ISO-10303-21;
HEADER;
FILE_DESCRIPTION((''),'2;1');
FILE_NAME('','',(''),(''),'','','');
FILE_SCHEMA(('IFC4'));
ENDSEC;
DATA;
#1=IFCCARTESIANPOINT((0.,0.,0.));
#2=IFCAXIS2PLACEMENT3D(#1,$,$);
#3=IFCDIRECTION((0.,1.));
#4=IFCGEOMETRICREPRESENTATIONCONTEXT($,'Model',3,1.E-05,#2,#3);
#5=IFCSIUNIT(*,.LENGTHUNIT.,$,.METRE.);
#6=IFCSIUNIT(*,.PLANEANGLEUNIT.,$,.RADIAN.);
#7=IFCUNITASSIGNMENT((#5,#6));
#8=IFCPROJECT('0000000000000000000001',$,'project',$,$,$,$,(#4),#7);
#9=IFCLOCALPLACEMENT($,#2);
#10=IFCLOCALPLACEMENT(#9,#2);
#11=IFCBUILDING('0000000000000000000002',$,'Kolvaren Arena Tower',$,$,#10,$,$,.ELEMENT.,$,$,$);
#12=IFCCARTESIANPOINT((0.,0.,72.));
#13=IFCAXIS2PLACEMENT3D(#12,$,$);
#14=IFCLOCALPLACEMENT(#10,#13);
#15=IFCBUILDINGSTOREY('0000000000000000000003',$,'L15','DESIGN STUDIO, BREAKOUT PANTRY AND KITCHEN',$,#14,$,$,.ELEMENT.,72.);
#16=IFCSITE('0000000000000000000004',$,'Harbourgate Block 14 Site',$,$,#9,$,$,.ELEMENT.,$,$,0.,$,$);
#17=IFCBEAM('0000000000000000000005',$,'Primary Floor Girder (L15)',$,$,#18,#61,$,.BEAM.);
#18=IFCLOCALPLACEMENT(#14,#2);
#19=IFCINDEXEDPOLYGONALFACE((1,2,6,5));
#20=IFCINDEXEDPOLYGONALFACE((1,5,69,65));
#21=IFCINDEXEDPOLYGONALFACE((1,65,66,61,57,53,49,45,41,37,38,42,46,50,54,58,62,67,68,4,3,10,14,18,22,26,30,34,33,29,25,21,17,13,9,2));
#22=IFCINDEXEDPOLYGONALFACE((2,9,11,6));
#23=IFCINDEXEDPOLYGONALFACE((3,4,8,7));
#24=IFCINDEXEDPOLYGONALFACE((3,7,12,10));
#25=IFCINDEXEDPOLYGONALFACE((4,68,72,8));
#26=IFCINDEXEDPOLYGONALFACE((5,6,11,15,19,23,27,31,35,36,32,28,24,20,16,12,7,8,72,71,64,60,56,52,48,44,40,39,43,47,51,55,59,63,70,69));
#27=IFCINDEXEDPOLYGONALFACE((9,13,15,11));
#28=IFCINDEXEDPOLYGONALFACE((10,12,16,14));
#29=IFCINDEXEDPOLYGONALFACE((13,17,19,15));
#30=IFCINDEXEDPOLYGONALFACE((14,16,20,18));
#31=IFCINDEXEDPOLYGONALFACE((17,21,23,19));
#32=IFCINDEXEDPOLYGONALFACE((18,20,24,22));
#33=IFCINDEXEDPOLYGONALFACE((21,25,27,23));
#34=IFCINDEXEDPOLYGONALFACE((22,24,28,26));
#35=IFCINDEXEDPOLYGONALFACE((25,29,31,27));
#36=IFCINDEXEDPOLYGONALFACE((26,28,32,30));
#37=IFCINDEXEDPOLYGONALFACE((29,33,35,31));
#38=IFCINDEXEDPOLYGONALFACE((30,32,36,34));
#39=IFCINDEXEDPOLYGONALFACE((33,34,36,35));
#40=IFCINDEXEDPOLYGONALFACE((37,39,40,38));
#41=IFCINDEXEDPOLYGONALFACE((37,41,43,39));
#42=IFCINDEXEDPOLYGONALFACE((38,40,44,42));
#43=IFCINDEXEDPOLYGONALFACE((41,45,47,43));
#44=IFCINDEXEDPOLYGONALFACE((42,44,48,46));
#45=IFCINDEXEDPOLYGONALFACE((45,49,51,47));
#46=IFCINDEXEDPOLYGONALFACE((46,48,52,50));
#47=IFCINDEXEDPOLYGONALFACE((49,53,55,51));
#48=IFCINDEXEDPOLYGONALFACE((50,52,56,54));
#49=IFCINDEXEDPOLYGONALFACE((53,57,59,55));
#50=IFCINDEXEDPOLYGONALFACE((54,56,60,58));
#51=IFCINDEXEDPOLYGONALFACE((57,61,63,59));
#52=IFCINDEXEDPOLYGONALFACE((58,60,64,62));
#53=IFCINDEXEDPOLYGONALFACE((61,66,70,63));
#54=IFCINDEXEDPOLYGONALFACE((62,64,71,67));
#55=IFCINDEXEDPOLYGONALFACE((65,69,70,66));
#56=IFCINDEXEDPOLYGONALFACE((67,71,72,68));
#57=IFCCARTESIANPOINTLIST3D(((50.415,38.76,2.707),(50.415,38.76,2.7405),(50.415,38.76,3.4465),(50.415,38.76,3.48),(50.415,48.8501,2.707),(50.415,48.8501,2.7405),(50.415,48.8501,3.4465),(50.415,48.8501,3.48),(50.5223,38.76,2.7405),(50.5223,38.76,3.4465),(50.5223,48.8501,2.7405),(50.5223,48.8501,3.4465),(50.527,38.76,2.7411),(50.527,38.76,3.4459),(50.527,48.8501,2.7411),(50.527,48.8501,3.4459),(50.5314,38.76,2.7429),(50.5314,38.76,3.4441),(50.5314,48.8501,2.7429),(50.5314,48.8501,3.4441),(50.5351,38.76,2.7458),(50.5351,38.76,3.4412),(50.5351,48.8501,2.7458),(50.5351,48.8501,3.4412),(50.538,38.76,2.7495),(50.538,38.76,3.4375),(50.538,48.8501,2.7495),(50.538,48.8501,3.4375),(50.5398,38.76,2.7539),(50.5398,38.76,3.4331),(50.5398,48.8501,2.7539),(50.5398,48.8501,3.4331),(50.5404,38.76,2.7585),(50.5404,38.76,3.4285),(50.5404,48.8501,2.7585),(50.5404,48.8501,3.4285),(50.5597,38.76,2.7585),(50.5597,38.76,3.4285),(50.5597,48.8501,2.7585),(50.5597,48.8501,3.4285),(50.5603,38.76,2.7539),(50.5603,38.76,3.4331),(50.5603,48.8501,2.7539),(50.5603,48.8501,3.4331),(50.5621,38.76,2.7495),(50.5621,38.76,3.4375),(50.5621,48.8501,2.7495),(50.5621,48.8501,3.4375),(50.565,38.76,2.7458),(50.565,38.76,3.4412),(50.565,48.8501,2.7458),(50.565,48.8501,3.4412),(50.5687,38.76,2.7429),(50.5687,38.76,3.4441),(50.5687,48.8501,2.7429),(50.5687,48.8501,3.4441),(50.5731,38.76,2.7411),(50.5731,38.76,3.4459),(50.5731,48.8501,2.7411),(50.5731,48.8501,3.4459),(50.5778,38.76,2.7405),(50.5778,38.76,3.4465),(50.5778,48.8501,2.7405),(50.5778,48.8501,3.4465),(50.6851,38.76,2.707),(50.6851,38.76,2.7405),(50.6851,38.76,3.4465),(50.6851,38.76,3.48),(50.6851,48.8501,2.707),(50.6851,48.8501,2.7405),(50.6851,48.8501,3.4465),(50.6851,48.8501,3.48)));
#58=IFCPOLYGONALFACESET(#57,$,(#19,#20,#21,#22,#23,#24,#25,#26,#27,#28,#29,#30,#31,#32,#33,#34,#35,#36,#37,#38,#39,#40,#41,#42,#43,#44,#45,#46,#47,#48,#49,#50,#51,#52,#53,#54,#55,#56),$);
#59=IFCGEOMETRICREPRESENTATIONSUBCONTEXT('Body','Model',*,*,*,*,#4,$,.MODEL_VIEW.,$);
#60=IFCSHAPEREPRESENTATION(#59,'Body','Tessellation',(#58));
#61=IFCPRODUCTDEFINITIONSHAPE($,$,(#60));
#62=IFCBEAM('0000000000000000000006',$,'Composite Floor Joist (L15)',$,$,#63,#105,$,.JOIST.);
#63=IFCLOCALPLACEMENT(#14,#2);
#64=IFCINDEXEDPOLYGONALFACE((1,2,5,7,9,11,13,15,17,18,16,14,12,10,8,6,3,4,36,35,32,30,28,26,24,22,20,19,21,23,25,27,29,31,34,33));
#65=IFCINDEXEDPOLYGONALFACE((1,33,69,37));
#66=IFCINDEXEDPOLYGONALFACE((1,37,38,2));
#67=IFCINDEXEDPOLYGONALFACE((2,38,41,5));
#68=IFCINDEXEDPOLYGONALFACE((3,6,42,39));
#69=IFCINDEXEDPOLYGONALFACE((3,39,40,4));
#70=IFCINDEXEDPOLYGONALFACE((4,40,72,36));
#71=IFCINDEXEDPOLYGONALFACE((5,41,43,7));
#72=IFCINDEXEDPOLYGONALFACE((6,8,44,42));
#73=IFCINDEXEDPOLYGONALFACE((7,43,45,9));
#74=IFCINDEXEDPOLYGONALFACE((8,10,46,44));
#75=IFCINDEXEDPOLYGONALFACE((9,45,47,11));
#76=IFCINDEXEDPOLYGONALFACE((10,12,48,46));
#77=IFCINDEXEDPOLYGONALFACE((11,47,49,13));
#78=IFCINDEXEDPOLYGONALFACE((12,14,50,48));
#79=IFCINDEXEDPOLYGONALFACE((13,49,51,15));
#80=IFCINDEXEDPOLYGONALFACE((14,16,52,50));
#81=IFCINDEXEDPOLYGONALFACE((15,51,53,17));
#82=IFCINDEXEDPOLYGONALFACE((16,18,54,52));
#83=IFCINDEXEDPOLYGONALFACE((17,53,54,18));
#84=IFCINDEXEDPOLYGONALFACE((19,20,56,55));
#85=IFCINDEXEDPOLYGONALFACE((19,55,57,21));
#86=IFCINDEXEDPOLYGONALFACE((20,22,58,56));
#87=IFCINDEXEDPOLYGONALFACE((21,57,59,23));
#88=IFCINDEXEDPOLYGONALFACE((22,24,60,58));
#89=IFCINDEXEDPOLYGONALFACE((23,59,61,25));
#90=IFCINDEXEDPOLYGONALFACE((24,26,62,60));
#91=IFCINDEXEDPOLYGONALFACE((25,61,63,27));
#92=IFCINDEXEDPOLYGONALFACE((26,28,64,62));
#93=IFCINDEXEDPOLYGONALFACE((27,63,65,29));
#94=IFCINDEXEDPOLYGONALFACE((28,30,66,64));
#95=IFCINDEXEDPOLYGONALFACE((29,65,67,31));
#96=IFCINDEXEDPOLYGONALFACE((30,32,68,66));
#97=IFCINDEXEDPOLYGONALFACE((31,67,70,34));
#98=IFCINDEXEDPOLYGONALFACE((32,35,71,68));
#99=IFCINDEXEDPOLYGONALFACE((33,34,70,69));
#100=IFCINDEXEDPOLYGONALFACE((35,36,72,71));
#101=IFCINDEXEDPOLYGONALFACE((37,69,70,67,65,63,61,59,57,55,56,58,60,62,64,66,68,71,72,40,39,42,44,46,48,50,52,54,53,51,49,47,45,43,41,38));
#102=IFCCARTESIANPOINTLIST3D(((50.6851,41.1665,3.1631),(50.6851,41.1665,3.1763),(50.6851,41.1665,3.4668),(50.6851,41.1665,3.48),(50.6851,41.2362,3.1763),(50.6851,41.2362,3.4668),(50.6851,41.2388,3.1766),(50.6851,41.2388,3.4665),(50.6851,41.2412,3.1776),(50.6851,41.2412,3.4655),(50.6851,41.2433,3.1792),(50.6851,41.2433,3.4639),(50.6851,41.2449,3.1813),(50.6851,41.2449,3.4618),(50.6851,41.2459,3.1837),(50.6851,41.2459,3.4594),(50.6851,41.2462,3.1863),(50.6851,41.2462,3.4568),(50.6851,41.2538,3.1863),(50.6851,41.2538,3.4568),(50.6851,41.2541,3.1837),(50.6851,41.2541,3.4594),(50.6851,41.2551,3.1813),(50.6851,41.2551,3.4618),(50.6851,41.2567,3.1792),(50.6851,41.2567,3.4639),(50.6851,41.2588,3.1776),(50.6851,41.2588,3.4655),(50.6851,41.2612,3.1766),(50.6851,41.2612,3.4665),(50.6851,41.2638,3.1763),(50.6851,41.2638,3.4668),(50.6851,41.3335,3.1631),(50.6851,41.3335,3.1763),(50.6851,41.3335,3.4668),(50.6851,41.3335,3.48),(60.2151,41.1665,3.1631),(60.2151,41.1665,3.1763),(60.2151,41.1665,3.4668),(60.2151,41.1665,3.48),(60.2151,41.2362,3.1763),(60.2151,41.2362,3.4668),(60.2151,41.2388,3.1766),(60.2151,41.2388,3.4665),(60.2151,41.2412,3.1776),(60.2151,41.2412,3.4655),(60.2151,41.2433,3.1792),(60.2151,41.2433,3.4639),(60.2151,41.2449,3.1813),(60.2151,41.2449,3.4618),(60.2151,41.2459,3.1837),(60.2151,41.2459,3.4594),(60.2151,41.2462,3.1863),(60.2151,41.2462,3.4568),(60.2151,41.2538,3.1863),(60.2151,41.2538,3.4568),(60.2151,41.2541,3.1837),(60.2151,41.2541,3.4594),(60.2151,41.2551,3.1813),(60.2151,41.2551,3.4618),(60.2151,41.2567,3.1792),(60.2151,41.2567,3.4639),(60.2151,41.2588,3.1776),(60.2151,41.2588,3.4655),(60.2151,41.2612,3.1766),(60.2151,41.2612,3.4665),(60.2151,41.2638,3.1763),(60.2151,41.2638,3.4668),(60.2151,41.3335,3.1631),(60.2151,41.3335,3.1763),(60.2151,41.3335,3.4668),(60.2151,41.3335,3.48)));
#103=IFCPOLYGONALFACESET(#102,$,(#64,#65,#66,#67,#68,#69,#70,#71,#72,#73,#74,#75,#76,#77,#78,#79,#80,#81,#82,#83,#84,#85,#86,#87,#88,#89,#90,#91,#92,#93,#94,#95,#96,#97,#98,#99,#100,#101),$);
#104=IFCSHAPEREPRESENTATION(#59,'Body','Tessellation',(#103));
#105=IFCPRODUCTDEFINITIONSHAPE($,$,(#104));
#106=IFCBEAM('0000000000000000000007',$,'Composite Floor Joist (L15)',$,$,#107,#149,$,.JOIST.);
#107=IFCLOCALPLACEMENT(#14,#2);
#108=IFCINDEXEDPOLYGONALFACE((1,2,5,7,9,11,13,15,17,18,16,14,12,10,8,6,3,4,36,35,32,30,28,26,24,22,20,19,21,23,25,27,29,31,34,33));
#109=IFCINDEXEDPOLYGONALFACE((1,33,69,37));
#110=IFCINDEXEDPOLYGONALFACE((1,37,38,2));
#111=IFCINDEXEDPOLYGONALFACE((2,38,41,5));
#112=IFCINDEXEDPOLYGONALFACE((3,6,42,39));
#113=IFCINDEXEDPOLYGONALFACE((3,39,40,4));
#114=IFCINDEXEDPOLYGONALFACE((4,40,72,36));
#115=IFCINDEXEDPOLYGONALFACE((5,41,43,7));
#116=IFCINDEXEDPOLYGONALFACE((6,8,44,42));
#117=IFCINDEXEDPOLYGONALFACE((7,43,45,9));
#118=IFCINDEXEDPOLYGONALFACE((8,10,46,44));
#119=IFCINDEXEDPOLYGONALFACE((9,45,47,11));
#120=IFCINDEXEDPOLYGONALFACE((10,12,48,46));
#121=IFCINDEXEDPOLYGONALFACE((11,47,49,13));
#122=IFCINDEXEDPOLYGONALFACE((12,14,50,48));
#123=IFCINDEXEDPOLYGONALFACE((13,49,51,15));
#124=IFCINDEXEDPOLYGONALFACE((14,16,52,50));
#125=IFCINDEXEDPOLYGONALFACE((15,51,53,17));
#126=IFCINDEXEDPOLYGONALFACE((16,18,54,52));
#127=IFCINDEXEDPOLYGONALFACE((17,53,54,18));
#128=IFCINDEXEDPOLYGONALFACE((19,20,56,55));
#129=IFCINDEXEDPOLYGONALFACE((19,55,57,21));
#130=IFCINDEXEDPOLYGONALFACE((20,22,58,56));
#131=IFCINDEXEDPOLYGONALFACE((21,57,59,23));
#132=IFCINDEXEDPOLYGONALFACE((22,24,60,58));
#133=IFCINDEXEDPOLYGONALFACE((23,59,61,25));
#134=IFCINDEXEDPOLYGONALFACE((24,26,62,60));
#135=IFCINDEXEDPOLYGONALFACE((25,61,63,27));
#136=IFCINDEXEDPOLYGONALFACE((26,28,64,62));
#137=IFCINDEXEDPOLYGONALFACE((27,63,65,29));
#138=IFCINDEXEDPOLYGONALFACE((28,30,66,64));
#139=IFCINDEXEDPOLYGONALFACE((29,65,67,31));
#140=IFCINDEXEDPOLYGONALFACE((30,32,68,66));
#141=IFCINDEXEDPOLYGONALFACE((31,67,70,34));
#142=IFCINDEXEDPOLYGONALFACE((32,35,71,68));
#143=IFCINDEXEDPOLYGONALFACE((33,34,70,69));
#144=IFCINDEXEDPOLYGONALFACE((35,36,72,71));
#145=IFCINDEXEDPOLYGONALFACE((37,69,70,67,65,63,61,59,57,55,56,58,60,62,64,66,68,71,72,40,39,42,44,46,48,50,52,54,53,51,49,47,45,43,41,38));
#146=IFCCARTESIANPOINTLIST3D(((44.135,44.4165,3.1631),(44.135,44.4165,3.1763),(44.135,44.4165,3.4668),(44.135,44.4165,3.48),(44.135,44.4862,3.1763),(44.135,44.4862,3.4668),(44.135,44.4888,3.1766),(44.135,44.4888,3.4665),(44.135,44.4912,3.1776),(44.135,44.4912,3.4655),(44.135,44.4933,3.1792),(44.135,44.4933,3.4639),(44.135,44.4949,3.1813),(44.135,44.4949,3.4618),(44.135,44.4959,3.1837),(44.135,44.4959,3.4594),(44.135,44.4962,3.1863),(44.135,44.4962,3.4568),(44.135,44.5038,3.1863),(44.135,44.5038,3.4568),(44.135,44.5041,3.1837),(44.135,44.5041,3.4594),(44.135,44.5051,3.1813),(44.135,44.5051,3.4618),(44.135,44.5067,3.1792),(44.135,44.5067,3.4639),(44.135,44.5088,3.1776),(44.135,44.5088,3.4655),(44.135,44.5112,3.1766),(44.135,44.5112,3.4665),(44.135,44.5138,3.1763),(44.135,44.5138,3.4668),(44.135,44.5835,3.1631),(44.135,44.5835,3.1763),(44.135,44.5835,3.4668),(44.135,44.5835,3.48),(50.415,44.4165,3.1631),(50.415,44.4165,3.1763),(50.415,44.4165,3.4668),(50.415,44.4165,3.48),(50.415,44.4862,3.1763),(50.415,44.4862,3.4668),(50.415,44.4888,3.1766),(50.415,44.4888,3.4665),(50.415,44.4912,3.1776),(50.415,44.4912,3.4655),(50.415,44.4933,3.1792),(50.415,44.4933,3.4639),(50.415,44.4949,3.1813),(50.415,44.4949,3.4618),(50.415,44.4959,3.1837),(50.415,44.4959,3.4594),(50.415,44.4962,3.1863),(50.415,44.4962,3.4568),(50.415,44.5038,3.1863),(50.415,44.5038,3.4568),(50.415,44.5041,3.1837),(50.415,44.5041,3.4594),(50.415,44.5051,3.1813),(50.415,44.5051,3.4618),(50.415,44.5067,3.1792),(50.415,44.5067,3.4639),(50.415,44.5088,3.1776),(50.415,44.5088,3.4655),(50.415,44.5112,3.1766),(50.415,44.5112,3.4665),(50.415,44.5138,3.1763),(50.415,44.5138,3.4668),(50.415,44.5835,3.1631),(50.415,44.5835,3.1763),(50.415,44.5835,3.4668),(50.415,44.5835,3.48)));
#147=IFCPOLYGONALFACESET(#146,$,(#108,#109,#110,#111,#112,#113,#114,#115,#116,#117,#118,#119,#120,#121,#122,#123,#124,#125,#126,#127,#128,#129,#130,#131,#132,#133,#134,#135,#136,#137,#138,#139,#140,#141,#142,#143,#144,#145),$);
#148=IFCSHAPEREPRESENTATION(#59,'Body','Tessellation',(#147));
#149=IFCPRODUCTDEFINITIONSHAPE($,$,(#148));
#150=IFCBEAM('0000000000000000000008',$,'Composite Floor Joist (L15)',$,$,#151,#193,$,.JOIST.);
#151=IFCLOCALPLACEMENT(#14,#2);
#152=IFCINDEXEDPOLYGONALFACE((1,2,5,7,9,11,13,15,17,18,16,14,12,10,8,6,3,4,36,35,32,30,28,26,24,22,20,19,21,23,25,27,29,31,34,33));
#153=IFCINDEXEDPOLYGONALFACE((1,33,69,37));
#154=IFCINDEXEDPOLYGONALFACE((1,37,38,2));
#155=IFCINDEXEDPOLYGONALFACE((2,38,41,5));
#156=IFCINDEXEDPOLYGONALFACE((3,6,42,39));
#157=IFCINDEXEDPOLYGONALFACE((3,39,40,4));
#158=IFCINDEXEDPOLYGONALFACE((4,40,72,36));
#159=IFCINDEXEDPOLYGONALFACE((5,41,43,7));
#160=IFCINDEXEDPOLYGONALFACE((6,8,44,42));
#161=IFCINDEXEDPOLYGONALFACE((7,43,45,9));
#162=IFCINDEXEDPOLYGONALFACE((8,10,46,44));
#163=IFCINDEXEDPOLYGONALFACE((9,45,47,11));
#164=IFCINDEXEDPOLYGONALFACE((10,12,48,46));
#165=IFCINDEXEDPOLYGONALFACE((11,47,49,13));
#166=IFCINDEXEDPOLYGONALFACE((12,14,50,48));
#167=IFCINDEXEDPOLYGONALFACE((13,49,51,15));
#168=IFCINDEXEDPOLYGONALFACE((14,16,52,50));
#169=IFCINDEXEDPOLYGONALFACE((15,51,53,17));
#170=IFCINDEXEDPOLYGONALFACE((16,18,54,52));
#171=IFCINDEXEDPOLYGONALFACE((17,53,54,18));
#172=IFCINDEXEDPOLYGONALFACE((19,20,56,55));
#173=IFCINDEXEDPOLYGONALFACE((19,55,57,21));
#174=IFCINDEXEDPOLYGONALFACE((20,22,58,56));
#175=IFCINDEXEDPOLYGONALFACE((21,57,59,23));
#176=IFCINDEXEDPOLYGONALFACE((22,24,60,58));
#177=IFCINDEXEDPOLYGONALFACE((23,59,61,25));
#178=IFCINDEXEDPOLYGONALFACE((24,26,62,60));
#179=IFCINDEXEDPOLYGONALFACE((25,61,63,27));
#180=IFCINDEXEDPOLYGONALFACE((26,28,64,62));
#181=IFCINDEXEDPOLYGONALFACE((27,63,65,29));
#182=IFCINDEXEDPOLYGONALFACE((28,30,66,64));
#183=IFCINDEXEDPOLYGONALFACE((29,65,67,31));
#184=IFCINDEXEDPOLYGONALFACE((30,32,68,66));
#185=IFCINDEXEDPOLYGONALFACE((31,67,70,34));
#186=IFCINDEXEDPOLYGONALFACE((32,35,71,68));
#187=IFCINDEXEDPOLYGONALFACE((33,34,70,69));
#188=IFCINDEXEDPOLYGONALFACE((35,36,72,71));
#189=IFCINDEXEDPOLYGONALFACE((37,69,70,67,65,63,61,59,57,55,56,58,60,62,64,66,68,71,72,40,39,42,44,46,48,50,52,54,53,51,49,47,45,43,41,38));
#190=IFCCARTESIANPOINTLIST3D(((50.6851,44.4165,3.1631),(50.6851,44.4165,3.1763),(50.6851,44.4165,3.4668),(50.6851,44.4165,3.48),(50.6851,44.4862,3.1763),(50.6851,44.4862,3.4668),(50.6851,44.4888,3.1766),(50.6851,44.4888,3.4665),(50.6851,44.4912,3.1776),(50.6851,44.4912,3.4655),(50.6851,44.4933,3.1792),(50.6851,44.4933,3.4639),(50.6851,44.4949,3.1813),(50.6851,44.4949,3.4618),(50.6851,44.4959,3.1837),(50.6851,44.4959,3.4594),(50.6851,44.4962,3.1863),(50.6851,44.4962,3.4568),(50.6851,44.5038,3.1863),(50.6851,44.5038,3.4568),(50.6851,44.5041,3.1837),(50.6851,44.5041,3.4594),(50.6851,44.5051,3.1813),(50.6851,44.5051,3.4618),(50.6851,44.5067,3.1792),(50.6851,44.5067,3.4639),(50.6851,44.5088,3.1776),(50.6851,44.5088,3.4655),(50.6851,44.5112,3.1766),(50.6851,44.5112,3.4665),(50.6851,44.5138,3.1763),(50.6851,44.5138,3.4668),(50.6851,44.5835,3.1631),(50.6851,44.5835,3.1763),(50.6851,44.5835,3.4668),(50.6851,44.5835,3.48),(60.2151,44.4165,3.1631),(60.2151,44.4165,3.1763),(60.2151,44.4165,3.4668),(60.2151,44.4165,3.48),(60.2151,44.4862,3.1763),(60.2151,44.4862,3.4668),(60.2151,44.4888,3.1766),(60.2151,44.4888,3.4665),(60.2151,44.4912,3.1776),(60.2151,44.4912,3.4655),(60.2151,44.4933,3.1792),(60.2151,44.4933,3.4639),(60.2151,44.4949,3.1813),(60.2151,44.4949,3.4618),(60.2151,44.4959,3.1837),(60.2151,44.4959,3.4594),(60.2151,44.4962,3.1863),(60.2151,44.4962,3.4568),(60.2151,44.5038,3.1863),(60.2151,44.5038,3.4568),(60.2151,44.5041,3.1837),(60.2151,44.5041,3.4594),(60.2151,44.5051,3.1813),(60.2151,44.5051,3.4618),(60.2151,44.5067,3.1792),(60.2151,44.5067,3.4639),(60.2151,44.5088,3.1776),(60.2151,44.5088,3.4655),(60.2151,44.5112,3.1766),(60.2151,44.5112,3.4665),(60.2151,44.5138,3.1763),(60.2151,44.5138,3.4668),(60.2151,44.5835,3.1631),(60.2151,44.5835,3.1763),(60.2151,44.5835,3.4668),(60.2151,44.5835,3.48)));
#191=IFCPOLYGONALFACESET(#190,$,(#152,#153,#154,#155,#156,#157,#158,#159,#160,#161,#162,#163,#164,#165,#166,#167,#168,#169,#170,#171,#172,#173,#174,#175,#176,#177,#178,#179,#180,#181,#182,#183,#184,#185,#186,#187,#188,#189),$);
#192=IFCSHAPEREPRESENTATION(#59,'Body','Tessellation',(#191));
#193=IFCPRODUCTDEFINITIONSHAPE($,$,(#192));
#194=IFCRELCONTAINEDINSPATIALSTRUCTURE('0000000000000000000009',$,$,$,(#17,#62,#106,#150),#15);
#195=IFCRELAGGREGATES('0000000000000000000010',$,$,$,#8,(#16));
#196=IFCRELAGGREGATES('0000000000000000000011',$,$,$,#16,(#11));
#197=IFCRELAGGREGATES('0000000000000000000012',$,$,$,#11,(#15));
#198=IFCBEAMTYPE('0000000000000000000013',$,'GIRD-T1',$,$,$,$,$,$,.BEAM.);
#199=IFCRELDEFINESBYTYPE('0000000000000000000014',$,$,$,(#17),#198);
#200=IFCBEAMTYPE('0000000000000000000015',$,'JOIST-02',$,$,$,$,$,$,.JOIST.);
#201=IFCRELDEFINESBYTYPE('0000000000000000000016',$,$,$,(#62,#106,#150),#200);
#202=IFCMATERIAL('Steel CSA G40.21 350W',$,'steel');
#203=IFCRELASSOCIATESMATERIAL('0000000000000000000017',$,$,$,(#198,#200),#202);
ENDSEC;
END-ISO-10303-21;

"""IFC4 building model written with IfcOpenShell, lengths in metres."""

from ifc_helpers import new_model, si_unit, direction, frame, origin, origin_2d, place, context, subcontext, project, spatial, i_section, extrude, material, material_profile, profile_set, type_object, element, save


model = new_model("IFC4")

# Units and contexts
model_context = context("Model", 3, precision=1e-05, world=origin(), true_north=direction((0.0, 1.0)))
body_context = subcontext(model_context, "Body", "Model", "MODEL_VIEW")
ifc_project = project(units=[si_unit("LENGTHUNIT", "METRE"), si_unit("PLANEANGLEUNIT", "RADIAN")], contexts=[model_context])

# Site, building, storey
site_placement = place(None, origin())
site = spatial("IfcSite", under=ifc_project, at=site_placement, Name="Harbourgate Block 14 Site", CompositionType="ELEMENT", RefElevation=0.0)
building_placement = place(site_placement, origin())
building = spatial("IfcBuilding", under=site, at=building_placement, Name="Kolvaren Arena Tower", CompositionType="ELEMENT")
storey_placement = place(building_placement, frame((0.0, 0.0, 72.0)))
storey = spatial("IfcBuildingStorey", under=building, at=storey_placement, Name="L15", Description="DESIGN STUDIO, BREAKOUT PANTRY AND KITCHEN", CompositionType="ELEMENT", Elevation=72.0)

# Beams
ifc_material_1 = material(Name="Steel CSA G40.21 350W", Category="steel")
ifc_material_profile_1 = material_profile(ifc_material_1, i_section(OverallWidth=0.27, OverallDepth=0.7729, WebThickness=0.0193, FlangeThickness=0.0334, FilletRadius=0.0181, at=origin_2d()), Name="W760x257")
ifc_profile_set_1 = profile_set([ifc_material_profile_1], Name="Steel CSA G40.21 350W")
beam_type_1 = type_object("IfcBeamType", Name="GIRD-T1", PredefinedType="BEAM", material=ifc_profile_set_1)
beam_1_placement = place(storey_placement, frame((50.55, 38.76, 3.0935), z_axis=(0.0, 1.0, 0.0), x_axis=(-1.0, 0.0, 0.0)))
element("IfcBeam", 1, at=beam_1_placement, inside=storey, type_object=beam_type_1, Name="Primary Floor Girder (L15)", PredefinedType="BEAM", context=body_context, shape_type="SweptSolid", body=[
    extrude(i_section(OverallWidth=0.27, OverallDepth=0.7729, WebThickness=0.0193, FlangeThickness=0.0334, FilletRadius=0.0181, at=origin_2d()), origin(), (0.0, 0.0, 1.0), 10.0901),
])
ifc_material_profile_2 = material_profile(ifc_material_1, i_section(OverallWidth=0.167, OverallDepth=0.3169, WebThickness=0.0076, FlangeThickness=0.0132, FilletRadius=0.01, at=origin_2d()), Name="W310x52")
ifc_profile_set_2 = profile_set([ifc_material_profile_2], Name="Steel CSA G40.21 350W")
beam_type_2 = type_object("IfcBeamType", Name="JOIST-02", PredefinedType="JOIST", material=ifc_profile_set_2)
beam_2_placement = place(storey_placement, frame((50.6851, 41.25, 3.3215), z_axis=(1.0, 0.0, 0.0), x_axis=(0.0, 1.0, 0.0)))
element("IfcBeam", 2, at=beam_2_placement, inside=storey, type_object=beam_type_2, Name="Composite Floor Joist (L15)", PredefinedType="JOIST", context=body_context, shape_type="SweptSolid", body=[
    extrude(i_section(OverallWidth=0.167, OverallDepth=0.3169, WebThickness=0.0076, FlangeThickness=0.0132, FilletRadius=0.01, at=origin_2d()), origin(), (0.0, 0.0, 1.0), 9.53),
])
beam_3_placement = place(storey_placement, frame((44.135, 44.5, 3.3215), z_axis=(1.0, 0.0, 0.0), x_axis=(0.0, 1.0, 0.0)))
element("IfcBeam", 3, at=beam_3_placement, inside=storey, type_object=beam_type_2, Name="Composite Floor Joist (L15)", PredefinedType="JOIST", context=body_context, shape_type="SweptSolid", body=[
    extrude(i_section(OverallWidth=0.167, OverallDepth=0.3169, WebThickness=0.0076, FlangeThickness=0.0132, FilletRadius=0.01, at=origin_2d()), origin(), (0.0, 0.0, 1.0), 6.28),
])
beam_4_placement = place(storey_placement, frame((50.6851, 44.5, 3.3215), z_axis=(1.0, 0.0, 0.0), x_axis=(0.0, 1.0, 0.0)))
element("IfcBeam", 4, at=beam_4_placement, inside=storey, type_object=beam_type_2, Name="Composite Floor Joist (L15)", PredefinedType="JOIST", context=body_context, shape_type="SweptSolid", body=[
    extrude(i_section(OverallWidth=0.167, OverallDepth=0.3169, WebThickness=0.0076, FlangeThickness=0.0132, FilletRadius=0.01, at=origin_2d()), origin(), (0.0, 0.0, 1.0), 9.53),
])

save(model, "model.ifc")
